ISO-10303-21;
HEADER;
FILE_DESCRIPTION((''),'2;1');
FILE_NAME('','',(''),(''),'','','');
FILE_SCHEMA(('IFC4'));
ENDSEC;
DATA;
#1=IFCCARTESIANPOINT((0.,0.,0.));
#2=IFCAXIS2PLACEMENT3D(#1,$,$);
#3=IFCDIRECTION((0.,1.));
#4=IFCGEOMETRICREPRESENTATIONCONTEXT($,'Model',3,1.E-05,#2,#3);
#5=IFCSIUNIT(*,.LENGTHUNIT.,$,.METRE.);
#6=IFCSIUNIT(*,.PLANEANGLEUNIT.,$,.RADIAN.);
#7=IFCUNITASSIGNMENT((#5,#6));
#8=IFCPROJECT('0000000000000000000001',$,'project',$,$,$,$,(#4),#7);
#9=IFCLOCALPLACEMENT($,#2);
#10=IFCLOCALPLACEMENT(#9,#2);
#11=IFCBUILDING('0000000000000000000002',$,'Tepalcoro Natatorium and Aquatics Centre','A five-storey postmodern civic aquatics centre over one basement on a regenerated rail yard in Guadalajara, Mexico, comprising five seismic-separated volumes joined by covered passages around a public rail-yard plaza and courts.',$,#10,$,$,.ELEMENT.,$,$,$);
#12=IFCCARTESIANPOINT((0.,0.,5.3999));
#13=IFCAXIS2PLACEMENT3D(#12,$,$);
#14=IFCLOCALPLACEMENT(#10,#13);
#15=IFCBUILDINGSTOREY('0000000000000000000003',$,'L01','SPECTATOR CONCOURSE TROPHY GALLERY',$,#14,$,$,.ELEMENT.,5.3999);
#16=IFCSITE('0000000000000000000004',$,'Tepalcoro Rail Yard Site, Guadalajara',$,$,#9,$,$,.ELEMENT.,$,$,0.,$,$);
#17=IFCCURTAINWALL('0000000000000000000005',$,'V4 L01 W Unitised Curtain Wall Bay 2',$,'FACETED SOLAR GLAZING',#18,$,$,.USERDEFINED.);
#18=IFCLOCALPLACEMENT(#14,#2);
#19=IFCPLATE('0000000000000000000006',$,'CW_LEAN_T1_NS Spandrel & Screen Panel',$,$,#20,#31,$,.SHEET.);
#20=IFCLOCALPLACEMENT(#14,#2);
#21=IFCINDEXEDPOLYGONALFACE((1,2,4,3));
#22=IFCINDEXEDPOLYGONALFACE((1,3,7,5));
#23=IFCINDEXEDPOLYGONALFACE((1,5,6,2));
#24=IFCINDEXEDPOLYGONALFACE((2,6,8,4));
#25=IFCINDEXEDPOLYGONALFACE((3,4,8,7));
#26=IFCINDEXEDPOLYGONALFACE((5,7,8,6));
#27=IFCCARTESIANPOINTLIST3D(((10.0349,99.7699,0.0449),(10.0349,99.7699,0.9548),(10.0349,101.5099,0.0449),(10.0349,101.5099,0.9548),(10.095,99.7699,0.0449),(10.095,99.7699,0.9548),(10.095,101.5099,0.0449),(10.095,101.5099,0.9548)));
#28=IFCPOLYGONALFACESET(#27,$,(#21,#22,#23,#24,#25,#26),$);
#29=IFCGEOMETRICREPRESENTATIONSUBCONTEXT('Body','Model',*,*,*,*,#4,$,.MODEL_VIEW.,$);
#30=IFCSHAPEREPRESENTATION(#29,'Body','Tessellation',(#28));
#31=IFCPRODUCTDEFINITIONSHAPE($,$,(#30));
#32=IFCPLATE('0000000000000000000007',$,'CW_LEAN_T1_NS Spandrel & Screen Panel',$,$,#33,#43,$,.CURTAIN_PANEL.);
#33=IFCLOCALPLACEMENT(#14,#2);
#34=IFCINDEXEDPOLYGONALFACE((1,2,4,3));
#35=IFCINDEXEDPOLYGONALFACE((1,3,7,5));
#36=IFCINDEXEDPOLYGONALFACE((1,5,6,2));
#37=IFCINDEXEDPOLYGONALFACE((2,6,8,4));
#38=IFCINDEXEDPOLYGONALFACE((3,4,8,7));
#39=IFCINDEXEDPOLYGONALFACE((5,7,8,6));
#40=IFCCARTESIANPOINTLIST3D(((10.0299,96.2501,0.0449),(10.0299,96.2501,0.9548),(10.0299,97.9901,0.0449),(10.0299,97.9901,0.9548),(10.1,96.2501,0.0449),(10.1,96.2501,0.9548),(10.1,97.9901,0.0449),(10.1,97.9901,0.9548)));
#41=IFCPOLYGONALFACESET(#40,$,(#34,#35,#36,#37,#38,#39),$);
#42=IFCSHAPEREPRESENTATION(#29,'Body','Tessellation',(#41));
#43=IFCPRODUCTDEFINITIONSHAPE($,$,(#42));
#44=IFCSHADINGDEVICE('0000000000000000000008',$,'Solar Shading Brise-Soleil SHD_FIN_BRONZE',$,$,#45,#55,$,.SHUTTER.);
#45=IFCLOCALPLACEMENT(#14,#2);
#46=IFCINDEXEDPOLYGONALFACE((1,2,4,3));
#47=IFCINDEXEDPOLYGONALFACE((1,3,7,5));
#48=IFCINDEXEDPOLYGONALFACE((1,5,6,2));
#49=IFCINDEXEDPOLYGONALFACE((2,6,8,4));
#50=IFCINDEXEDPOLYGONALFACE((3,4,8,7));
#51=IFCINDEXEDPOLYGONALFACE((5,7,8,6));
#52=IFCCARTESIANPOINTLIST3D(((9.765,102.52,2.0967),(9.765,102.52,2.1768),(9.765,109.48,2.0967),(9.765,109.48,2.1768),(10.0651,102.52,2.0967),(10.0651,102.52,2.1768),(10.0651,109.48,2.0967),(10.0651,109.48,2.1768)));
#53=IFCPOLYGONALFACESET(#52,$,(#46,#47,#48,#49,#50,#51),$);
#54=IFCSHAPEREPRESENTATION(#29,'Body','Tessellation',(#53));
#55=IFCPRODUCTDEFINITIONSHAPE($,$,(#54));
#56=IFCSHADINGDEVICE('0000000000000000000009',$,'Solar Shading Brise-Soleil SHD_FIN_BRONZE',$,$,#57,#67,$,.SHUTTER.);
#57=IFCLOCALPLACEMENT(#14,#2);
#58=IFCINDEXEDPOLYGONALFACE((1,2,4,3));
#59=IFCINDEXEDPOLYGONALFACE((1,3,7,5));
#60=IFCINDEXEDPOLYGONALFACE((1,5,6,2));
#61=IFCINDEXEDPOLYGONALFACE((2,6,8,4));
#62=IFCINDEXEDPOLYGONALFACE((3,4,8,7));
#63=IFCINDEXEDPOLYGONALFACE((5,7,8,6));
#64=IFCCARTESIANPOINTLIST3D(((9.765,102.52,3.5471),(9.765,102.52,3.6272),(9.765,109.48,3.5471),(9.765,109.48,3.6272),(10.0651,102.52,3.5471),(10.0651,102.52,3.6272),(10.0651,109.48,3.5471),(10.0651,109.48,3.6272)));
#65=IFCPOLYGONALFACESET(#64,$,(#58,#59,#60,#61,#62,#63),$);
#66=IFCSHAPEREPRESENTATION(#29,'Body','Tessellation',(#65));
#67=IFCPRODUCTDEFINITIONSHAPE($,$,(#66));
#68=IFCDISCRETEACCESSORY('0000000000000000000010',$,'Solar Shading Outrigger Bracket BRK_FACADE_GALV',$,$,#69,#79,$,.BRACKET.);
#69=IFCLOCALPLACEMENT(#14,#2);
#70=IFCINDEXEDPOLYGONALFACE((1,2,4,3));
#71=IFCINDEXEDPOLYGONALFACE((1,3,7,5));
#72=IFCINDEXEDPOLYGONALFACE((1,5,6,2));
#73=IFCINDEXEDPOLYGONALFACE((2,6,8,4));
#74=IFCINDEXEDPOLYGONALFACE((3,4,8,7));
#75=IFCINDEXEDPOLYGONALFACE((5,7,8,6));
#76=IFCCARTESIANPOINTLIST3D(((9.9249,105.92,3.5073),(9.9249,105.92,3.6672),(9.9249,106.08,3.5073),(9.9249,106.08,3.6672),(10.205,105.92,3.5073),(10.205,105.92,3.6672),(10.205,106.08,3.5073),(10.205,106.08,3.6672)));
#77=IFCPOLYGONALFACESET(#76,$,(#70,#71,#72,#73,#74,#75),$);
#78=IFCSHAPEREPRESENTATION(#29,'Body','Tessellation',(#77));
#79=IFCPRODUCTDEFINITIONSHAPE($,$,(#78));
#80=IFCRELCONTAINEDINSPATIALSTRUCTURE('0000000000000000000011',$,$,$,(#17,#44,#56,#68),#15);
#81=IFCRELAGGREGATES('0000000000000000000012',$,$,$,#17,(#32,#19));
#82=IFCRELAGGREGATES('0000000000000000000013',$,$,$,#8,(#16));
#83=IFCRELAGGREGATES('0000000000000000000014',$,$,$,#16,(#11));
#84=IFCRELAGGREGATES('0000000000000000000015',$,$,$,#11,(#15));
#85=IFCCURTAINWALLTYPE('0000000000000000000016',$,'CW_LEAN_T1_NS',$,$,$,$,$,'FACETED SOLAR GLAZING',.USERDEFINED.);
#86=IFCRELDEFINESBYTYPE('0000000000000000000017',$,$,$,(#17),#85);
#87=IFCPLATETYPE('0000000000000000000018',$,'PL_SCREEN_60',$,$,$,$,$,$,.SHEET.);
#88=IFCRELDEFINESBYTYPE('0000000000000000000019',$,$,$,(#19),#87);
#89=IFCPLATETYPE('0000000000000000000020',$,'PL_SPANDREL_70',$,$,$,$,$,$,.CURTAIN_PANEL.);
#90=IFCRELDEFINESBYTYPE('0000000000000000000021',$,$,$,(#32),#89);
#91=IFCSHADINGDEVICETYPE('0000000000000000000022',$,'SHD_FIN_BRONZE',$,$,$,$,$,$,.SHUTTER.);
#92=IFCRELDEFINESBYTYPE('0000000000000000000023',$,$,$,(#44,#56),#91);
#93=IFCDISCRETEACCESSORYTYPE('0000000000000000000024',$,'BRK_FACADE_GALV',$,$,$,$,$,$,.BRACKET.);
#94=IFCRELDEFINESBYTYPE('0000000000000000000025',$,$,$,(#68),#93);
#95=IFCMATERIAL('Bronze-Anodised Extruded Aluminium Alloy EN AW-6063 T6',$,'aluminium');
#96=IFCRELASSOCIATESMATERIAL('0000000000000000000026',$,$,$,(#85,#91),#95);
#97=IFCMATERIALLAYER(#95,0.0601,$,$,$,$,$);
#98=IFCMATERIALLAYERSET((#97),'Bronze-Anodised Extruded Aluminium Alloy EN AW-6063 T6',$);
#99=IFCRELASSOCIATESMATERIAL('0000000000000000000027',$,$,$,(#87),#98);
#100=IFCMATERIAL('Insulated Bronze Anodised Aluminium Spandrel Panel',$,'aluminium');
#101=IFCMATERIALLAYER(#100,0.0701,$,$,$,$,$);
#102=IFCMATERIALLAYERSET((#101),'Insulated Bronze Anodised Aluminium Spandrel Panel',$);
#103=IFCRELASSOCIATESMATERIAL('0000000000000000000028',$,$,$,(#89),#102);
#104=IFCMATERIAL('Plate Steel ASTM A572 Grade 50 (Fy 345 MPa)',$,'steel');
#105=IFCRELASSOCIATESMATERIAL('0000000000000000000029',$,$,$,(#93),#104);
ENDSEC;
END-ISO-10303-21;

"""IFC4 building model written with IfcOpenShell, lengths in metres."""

from ifc_helpers import new_model, si_unit, direction, frame, origin, origin_2d, place, context, subcontext, project, spatial, rectangle, extrude, material, layer, layer_set, type_object, element, aggregate, save


model = new_model("IFC4")

# Units and contexts
model_context = context("Model", 3, precision=1e-05, world=origin(), true_north=direction((0.0, 1.0)))
body_context = subcontext(model_context, "Body", "Model", "MODEL_VIEW")
ifc_project = project(units=[si_unit("LENGTHUNIT", "METRE"), si_unit("PLANEANGLEUNIT", "RADIAN")], contexts=[model_context])

# Site, building, storey
site_placement = place(None, origin())
site = spatial("IfcSite", under=ifc_project, at=site_placement, Name="Tepalcoro Rail Yard Site, Guadalajara", CompositionType="ELEMENT", RefElevation=0.0)
building_placement = place(site_placement, origin())
building = spatial("IfcBuilding", under=site, at=building_placement, Name="Tepalcoro Natatorium and Aquatics Centre", Description="A five-storey postmodern civic aquatics centre over one basement on a regenerated rail yard in Guadalajara, Mexico, comprising five seismic-separated volumes joined by covered passages around a public rail-yard plaza and courts.", CompositionType="ELEMENT")
storey_placement = place(building_placement, frame((0.0, 0.0, 5.3999)))
storey = spatial("IfcBuildingStorey", under=building, at=storey_placement, Name="L01", Description="SPECTATOR CONCOURSE TROPHY GALLERY", CompositionType="ELEMENT", Elevation=5.3999)

# Curtain wall
ifc_material_1 = material(Name="Bronze-Anodised Extruded Aluminium Alloy EN AW-6063 T6", Category="aluminium")
curtain_wall_type = type_object("IfcCurtainWallType", Name="CW_LEAN_T1_NS", ElementType="FACETED SOLAR GLAZING", PredefinedType="USERDEFINED", material=ifc_material_1)
curtain_wall_placement = place(storey_placement, origin())
curtain_wall = element("IfcCurtainWall", 1, at=curtain_wall_placement, inside=storey, type_object=curtain_wall_type, Name="V4 L01 W Unitised Curtain Wall Bay 2", ObjectType="FACETED SOLAR GLAZING", PredefinedType="USERDEFINED")

# Plates
ifc_layer_1 = layer(ifc_material_1, 0.0601)
ifc_layer_set_1 = layer_set([ifc_layer_1], Name="Bronze-Anodised Extruded Aluminium Alloy EN AW-6063 T6")
plate_type_1 = type_object("IfcPlateType", Name="PL_SCREEN_60", PredefinedType="SHEET", material=ifc_layer_set_1)
plate_1_placement = place(storey_placement, frame((10.0649, 100.6399, 0.0449), z_axis=(0.0, 0.0, 1.0), x_axis=(1.0, 0.0, 0.0)))
plate_1 = element("IfcPlate", 2, at=plate_1_placement, type_object=plate_type_1, Name="CW_LEAN_T1_NS Spandrel & Screen Panel", PredefinedType="SHEET", context=body_context, shape_type="SweptSolid", body=[
    extrude(rectangle(XDim=0.0601, YDim=1.74, at=origin_2d()), origin(), (0.0, 0.0, 1.0), 0.9099),
])
ifc_material_2 = material(Name="Insulated Bronze Anodised Aluminium Spandrel Panel", Category="aluminium")
ifc_layer_2 = layer(ifc_material_2, 0.0701)
ifc_layer_set_2 = layer_set([ifc_layer_2], Name="Insulated Bronze Anodised Aluminium Spandrel Panel")
plate_type_2 = type_object("IfcPlateType", Name="PL_SPANDREL_70", PredefinedType="CURTAIN_PANEL", material=ifc_layer_set_2)
plate_2_placement = place(storey_placement, frame((10.0649, 97.1201, 0.0449), z_axis=(0.0, 0.0, 1.0), x_axis=(1.0, 0.0, 0.0)))
plate_2 = element("IfcPlate", 3, at=plate_2_placement, type_object=plate_type_2, Name="CW_LEAN_T1_NS Spandrel & Screen Panel", PredefinedType="CURTAIN_PANEL", context=body_context, shape_type="SweptSolid", body=[
    extrude(rectangle(XDim=0.0701, YDim=1.74, at=origin_2d()), origin(), (0.0, 0.0, 1.0), 0.9099),
])
aggregate(curtain_wall, [plate_2, plate_1])

# Shading devices
shading_device_type = type_object("IfcShadingDeviceType", Name="SHD_FIN_BRONZE", PredefinedType="SHUTTER", material=ifc_material_1)
for number, where, z_axis, x_axis, name in (
    (4, (9.915, 106.0, 2.0967), (0.0, 0.0, 1.0), (1.0, 0.0, 0.0), "Solar Shading Brise-Soleil SHD_FIN_BRONZE"),
    (5, (9.915, 106.0, 3.5471), (0.0, 0.0, 1.0), (1.0, 0.0, 0.0), "Solar Shading Brise-Soleil SHD_FIN_BRONZE"),
):
    element("IfcShadingDevice", number, at=place(storey_placement, frame(where, z_axis=z_axis, x_axis=x_axis)), inside=storey, type_object=shading_device_type, Name=name, PredefinedType="SHUTTER", context=body_context, shape_type="SweptSolid", body=[
        extrude(rectangle(XDim=0.3, YDim=6.96, at=origin_2d()), origin(), (0.0, 0.0, 1.0), 0.0801),
    ])

# Discrete accessory
ifc_material_3 = material(Name="Plate Steel ASTM A572 Grade 50 (Fy 345 MPa)", Category="steel")
discrete_accessory_type = type_object("IfcDiscreteAccessoryType", Name="BRK_FACADE_GALV", PredefinedType="BRACKET", material=ifc_material_3)
discrete_accessory_placement = place(storey_placement, frame((10.0649, 106.0, 3.5073), z_axis=(0.0, 0.0, 1.0), x_axis=(1.0, 0.0, 0.0)))
element("IfcDiscreteAccessory", 6, at=discrete_accessory_placement, inside=storey, type_object=discrete_accessory_type, Name="Solar Shading Outrigger Bracket BRK_FACADE_GALV", PredefinedType="BRACKET", context=body_context, shape_type="SweptSolid", body=[
    extrude(rectangle(XDim=0.28, YDim=0.1599, at=origin_2d()), origin(), (0.0, 0.0, 1.0), 0.1599),
])

save(model, "model.ifc")
